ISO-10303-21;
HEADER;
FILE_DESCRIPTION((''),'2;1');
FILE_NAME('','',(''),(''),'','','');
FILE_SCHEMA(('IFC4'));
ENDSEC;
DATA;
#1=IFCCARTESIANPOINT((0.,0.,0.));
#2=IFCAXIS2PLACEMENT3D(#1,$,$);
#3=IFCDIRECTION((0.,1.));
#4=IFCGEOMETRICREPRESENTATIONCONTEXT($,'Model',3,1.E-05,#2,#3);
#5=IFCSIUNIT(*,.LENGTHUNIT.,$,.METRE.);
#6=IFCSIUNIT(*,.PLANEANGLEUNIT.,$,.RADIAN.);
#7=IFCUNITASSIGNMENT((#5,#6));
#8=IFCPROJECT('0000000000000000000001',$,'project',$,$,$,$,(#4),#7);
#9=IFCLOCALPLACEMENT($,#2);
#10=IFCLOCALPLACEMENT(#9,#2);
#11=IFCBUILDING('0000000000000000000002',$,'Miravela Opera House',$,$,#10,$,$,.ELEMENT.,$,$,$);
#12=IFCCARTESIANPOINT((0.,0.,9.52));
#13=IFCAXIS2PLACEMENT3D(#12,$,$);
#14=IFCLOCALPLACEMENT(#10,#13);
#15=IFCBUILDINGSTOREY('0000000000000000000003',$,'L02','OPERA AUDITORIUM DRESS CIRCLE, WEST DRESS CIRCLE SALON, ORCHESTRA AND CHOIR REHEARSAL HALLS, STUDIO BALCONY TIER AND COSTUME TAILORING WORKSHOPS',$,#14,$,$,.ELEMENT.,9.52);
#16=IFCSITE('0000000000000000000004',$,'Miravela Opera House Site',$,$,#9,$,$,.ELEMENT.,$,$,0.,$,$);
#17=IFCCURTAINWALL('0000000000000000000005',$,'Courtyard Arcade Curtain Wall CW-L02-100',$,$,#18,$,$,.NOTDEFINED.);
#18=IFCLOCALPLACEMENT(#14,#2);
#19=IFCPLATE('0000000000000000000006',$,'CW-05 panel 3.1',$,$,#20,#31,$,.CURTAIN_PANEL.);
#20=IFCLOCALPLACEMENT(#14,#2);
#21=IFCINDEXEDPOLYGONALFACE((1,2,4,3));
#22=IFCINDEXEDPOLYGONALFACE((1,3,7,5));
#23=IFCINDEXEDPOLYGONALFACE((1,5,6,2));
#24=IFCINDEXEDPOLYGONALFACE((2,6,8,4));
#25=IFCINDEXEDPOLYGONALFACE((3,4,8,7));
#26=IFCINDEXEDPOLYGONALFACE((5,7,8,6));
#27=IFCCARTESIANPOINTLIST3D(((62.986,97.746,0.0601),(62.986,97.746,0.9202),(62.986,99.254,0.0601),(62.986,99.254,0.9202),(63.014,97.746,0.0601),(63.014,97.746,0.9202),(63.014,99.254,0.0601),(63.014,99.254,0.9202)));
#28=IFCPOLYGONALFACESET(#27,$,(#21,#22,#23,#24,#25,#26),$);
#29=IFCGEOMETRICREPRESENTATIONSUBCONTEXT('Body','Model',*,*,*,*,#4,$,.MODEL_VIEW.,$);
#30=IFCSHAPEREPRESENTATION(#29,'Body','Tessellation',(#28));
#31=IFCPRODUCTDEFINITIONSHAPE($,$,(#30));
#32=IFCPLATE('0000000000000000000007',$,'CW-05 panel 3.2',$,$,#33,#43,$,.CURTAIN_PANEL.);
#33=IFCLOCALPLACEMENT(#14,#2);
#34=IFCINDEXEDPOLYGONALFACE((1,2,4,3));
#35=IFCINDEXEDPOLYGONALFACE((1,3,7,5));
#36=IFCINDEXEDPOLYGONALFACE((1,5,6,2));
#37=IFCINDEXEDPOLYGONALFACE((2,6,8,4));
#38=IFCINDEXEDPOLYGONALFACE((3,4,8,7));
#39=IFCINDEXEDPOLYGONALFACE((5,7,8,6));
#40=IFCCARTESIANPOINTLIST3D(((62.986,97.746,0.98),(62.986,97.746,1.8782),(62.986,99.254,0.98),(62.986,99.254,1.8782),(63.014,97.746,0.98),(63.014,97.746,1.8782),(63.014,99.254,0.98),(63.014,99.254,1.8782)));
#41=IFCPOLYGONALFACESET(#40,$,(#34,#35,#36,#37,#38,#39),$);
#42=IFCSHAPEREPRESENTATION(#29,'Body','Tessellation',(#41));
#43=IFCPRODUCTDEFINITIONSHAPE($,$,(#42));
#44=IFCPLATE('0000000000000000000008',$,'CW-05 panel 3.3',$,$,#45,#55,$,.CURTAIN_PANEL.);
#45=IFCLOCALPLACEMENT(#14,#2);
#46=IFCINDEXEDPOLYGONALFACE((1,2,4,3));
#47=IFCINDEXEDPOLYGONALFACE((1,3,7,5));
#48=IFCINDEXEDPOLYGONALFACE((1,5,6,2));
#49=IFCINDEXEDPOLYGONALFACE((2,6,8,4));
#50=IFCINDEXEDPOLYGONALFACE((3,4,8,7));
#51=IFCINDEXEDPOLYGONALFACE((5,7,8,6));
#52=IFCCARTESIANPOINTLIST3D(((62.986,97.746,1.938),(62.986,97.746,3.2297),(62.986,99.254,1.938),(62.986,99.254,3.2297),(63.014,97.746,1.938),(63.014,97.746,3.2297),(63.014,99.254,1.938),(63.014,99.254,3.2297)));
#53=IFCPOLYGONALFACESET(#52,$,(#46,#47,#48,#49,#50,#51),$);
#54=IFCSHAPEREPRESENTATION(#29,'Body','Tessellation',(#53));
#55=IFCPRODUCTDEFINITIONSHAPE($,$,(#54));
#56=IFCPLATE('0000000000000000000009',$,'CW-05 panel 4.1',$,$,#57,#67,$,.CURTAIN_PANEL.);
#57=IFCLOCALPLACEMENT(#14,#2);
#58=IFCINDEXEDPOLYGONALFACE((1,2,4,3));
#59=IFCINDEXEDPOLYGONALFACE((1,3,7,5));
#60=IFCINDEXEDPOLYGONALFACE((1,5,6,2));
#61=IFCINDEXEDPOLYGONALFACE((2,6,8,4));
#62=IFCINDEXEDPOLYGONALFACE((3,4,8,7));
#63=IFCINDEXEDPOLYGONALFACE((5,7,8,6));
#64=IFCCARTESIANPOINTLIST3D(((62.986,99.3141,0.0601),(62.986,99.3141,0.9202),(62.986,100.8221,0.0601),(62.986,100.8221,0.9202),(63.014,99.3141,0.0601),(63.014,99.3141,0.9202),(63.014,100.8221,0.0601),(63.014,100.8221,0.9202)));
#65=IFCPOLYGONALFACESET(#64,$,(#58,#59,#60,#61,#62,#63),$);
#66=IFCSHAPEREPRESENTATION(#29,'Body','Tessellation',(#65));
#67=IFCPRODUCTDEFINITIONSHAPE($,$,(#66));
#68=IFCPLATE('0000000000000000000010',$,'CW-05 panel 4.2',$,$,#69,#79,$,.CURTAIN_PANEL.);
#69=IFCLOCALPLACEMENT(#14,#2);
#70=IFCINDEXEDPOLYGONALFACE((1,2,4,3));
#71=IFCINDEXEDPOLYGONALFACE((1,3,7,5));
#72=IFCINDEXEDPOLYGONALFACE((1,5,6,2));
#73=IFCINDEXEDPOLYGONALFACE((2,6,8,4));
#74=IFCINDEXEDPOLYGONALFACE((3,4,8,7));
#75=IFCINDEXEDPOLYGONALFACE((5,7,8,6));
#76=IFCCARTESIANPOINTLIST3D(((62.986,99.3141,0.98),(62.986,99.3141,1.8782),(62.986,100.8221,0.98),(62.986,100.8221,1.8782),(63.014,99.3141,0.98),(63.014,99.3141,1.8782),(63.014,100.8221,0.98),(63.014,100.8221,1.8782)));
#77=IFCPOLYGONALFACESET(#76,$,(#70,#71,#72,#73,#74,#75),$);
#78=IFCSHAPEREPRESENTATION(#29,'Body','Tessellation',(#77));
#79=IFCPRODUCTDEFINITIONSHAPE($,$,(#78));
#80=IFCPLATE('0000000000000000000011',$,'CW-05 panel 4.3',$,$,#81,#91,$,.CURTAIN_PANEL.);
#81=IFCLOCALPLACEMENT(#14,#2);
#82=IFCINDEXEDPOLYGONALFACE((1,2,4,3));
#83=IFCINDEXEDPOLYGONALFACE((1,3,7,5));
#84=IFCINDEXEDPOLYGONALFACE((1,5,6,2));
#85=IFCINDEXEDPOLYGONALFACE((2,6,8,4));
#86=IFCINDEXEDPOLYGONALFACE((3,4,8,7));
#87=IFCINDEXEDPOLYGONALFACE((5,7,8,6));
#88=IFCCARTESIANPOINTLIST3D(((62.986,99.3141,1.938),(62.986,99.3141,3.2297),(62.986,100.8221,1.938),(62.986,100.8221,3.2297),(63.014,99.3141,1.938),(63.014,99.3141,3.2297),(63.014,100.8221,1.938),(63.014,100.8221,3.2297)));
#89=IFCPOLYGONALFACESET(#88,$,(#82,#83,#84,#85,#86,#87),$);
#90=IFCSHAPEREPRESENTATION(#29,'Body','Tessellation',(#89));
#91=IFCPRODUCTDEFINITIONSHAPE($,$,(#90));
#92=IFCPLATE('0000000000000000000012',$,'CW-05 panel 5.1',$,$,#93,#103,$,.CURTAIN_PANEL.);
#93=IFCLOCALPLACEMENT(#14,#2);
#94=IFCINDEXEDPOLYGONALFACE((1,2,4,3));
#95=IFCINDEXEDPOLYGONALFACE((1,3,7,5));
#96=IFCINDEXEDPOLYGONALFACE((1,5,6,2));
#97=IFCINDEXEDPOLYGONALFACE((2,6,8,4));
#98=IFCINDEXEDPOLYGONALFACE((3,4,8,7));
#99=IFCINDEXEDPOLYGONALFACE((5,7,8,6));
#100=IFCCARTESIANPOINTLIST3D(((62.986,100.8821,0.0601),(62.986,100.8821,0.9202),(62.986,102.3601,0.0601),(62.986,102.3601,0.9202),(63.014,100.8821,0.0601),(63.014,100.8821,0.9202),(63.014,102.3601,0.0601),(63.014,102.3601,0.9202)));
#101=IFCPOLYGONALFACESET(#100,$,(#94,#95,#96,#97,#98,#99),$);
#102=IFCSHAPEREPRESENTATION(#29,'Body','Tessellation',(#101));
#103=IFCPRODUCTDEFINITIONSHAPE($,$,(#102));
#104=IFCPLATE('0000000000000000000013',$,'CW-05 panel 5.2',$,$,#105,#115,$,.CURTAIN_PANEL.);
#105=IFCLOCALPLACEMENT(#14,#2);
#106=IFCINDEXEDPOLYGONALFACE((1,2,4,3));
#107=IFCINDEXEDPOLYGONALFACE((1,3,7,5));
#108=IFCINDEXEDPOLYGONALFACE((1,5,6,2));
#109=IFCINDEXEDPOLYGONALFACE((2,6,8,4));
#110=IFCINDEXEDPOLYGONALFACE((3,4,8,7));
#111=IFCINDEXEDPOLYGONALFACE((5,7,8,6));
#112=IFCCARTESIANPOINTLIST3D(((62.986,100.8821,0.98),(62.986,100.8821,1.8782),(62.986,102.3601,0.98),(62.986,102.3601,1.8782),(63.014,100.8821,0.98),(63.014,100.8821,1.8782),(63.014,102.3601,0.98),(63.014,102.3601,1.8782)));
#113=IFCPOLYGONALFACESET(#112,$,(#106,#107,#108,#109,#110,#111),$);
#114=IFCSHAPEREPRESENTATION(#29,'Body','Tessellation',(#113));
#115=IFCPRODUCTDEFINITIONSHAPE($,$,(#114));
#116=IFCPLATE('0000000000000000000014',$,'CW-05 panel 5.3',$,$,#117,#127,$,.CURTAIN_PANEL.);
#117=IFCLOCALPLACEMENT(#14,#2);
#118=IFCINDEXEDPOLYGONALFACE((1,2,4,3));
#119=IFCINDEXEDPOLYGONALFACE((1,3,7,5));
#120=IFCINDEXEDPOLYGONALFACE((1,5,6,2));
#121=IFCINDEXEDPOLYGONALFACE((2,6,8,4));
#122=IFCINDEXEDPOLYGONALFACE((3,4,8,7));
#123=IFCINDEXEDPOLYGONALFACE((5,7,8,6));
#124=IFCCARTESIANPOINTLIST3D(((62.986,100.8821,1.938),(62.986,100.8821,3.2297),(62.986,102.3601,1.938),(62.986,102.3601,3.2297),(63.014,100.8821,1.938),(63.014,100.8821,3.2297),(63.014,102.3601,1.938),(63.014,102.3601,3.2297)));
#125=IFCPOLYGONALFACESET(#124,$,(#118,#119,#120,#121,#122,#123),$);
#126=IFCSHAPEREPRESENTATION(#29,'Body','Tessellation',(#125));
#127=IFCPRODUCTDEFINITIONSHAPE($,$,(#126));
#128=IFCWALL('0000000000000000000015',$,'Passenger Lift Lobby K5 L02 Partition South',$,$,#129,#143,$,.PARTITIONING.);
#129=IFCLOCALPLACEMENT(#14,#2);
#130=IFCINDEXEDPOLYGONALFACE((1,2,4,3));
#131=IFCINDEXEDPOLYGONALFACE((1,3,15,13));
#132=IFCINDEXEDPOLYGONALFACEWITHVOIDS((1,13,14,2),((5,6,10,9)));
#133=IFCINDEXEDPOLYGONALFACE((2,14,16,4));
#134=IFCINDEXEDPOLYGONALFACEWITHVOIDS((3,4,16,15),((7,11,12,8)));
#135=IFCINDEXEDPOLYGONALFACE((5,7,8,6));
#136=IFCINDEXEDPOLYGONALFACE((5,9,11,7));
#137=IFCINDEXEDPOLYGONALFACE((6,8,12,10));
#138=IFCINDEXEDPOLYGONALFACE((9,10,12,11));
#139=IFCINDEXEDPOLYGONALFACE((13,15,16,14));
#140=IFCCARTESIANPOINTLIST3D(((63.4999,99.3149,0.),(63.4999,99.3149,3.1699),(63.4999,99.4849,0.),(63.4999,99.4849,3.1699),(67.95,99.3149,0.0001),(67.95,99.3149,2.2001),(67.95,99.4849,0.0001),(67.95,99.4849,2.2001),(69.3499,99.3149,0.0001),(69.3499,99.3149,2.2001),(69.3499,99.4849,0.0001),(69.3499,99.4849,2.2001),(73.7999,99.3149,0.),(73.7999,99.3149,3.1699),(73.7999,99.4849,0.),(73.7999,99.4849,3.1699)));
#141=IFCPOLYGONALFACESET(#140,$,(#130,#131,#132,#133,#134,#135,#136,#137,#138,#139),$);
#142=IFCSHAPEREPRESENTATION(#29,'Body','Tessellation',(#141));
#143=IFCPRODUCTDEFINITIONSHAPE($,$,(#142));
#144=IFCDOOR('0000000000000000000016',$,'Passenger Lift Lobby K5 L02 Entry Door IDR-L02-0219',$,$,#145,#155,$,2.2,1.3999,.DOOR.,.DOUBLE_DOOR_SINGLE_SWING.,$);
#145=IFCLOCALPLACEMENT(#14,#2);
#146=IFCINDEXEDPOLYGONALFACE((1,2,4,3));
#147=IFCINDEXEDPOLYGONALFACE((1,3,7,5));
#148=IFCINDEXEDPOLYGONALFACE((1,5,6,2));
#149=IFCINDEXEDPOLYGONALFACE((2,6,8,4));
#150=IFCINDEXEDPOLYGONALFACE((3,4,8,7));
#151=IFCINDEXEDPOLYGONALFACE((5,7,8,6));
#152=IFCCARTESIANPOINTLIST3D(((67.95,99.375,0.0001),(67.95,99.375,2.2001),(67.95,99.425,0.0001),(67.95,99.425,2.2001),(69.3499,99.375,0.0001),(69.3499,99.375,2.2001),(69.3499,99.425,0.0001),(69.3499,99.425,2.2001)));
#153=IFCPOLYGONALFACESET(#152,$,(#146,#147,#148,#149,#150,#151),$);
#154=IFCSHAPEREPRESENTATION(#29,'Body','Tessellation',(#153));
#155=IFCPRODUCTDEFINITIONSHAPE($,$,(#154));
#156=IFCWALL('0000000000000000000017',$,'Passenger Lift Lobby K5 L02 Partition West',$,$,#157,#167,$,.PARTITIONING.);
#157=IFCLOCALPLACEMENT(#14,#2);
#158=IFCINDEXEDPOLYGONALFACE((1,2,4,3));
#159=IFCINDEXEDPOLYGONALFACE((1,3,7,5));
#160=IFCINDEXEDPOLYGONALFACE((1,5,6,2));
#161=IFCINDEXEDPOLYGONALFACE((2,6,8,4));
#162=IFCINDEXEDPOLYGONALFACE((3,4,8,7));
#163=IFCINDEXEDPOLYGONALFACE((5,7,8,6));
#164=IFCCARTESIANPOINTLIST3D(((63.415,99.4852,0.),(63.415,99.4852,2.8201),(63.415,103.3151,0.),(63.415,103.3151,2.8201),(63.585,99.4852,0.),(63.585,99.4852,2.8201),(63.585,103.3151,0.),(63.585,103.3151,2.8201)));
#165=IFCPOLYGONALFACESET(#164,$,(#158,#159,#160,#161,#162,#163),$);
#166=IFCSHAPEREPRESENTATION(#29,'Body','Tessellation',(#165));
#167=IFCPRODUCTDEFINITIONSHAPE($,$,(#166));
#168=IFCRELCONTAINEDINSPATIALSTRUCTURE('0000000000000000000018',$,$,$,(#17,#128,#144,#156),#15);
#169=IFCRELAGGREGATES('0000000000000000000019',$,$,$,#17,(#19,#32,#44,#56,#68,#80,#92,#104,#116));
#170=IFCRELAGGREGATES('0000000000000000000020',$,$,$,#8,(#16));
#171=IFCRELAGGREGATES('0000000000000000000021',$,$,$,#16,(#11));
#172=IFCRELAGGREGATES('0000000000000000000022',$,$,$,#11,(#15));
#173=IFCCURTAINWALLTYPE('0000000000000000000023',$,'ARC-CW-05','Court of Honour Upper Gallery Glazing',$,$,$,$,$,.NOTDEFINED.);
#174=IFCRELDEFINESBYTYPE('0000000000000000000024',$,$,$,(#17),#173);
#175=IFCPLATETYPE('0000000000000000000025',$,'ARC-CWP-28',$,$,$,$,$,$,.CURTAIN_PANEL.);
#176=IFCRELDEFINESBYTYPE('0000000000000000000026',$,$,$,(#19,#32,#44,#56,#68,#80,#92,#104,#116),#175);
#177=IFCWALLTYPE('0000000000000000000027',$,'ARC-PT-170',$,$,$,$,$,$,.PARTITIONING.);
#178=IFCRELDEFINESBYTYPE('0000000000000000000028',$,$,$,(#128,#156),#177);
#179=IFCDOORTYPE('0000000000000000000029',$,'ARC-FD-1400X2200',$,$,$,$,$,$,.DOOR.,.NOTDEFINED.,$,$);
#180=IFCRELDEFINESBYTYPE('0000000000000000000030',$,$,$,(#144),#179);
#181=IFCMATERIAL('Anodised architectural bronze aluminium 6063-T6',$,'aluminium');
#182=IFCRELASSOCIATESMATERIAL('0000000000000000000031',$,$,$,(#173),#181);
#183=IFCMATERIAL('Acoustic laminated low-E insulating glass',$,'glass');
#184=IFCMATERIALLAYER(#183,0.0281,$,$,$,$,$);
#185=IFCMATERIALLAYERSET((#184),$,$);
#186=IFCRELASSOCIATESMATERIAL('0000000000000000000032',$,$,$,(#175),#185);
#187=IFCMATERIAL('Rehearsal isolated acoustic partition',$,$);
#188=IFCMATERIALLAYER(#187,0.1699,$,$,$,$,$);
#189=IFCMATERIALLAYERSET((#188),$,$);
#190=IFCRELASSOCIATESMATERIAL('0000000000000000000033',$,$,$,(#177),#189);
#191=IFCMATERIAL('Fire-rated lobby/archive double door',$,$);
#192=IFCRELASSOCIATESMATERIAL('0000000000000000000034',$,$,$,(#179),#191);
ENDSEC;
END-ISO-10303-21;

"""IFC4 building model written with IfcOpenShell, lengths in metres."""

from ifc_helpers import new_model, si_unit, direction, frame, frame_2d, origin, origin_2d, place, context, subcontext, project, spatial, rectangle, extrude, material, layer, layer_set, type_object, element, fill, aggregate, save


model = new_model("IFC4")

# Units and contexts
model_context = context("Model", 3, precision=1e-05, world=origin(), true_north=direction((0.0, 1.0)))
body_context = subcontext(model_context, "Body", "Model", "MODEL_VIEW")
ifc_project = project(units=[si_unit("LENGTHUNIT", "METRE"), si_unit("PLANEANGLEUNIT", "RADIAN")], contexts=[model_context])

# Site, building, storey
site_placement = place(None, origin())
site = spatial("IfcSite", under=ifc_project, at=site_placement, Name="Miravela Opera House Site", CompositionType="ELEMENT", RefElevation=0.0)
building_placement = place(site_placement, origin())
building = spatial("IfcBuilding", under=site, at=building_placement, Name="Miravela Opera House", CompositionType="ELEMENT")
storey_placement = place(building_placement, frame((0.0, 0.0, 9.52)))
storey = spatial("IfcBuildingStorey", under=building, at=storey_placement, Name="L02", Description="OPERA AUDITORIUM DRESS CIRCLE, WEST DRESS CIRCLE SALON, ORCHESTRA AND CHOIR REHEARSAL HALLS, STUDIO BALCONY TIER AND COSTUME TAILORING WORKSHOPS", CompositionType="ELEMENT", Elevation=9.52)

# Curtain wall
ifc_material_1 = material(Name="Anodised architectural bronze aluminium 6063-T6", Category="aluminium")
curtain_wall_type = type_object("IfcCurtainWallType", Name="ARC-CW-05", Description="Court of Honour Upper Gallery Glazing", PredefinedType="NOTDEFINED", material=ifc_material_1)
curtain_wall_placement = place(storey_placement, origin())
curtain_wall = element("IfcCurtainWall", 1, at=curtain_wall_placement, inside=storey, type_object=curtain_wall_type, Name="Courtyard Arcade Curtain Wall CW-L02-100", PredefinedType="NOTDEFINED")

# Plates
ifc_material_2 = material(Name="Acoustic laminated low-E insulating glass", Category="glass")
ifc_layer_1 = layer(ifc_material_2, 0.0281)
ifc_layer_set_1 = layer_set([ifc_layer_1])
plate_type = type_object("IfcPlateType", Name="ARC-CWP-28", PredefinedType="CURTAIN_PANEL", material=ifc_layer_set_1)
plate_1_placement = place(storey_placement, frame((63.0, 98.5, 0.0601), z_axis=(0.0, 0.0, 1.0), x_axis=(0.0, 1.0, 0.0)))
plate_1 = element("IfcPlate", 2, at=plate_1_placement, type_object=plate_type, Name="CW-05 panel 3.1", PredefinedType="CURTAIN_PANEL", context=body_context, shape_type="SweptSolid", body=[
    extrude(rectangle(XDim=1.5081, YDim=0.0281, at=origin_2d()), origin(), (0.0, 0.0, 1.0), 0.8601),
])
plate_2_placement = place(storey_placement, frame((63.0, 98.5, 0.98), z_axis=(0.0, 0.0, 1.0), x_axis=(0.0, 1.0, 0.0)))
plate_2 = element("IfcPlate", 3, at=plate_2_placement, type_object=plate_type, Name="CW-05 panel 3.2", PredefinedType="CURTAIN_PANEL", context=body_context, shape_type="SweptSolid", body=[
    extrude(rectangle(XDim=1.5081, YDim=0.0281, at=origin_2d()), origin(), (0.0, 0.0, 1.0), 0.8982),
])
plate_3_placement = place(storey_placement, frame((63.0, 98.5, 1.938), z_axis=(0.0, 0.0, 1.0), x_axis=(0.0, 1.0, 0.0)))
plate_3 = element("IfcPlate", 4, at=plate_3_placement, type_object=plate_type, Name="CW-05 panel 3.3", PredefinedType="CURTAIN_PANEL", context=body_context, shape_type="SweptSolid", body=[
    extrude(rectangle(XDim=1.5081, YDim=0.0281, at=origin_2d()), origin(), (0.0, 0.0, 1.0), 1.2917),
])
plate_4_placement = place(storey_placement, frame((63.0, 100.0681, 0.0601), z_axis=(0.0, 0.0, 1.0), x_axis=(0.0, 1.0, 0.0)))
plate_4 = element("IfcPlate", 5, at=plate_4_placement, type_object=plate_type, Name="CW-05 panel 4.1", PredefinedType="CURTAIN_PANEL", context=body_context, shape_type="SweptSolid", body=[
    extrude(rectangle(XDim=1.5081, YDim=0.0281, at=origin_2d()), origin(), (0.0, 0.0, 1.0), 0.8601),
])
plate_5_placement = place(storey_placement, frame((63.0, 100.0681, 0.98), z_axis=(0.0, 0.0, 1.0), x_axis=(0.0, 1.0, 0.0)))
plate_5 = element("IfcPlate", 6, at=plate_5_placement, type_object=plate_type, Name="CW-05 panel 4.2", PredefinedType="CURTAIN_PANEL", context=body_context, shape_type="SweptSolid", body=[
    extrude(rectangle(XDim=1.5081, YDim=0.0281, at=origin_2d()), origin(), (0.0, 0.0, 1.0), 0.8982),
])
plate_6_placement = place(storey_placement, frame((63.0, 100.0681, 1.938), z_axis=(0.0, 0.0, 1.0), x_axis=(0.0, 1.0, 0.0)))
plate_6 = element("IfcPlate", 7, at=plate_6_placement, type_object=plate_type, Name="CW-05 panel 4.3", PredefinedType="CURTAIN_PANEL", context=body_context, shape_type="SweptSolid", body=[
    extrude(rectangle(XDim=1.5081, YDim=0.0281, at=origin_2d()), origin(), (0.0, 0.0, 1.0), 1.2917),
])
plate_7_placement = place(storey_placement, frame((63.0, 101.6211, 0.0601), z_axis=(0.0, 0.0, 1.0), x_axis=(0.0, 1.0, 0.0)))
plate_7 = element("IfcPlate", 8, at=plate_7_placement, type_object=plate_type, Name="CW-05 panel 5.1", PredefinedType="CURTAIN_PANEL", context=body_context, shape_type="SweptSolid", body=[
    extrude(rectangle(XDim=1.478, YDim=0.0281, at=origin_2d()), origin(), (0.0, 0.0, 1.0), 0.8601),
])
plate_8_placement = place(storey_placement, frame((63.0, 101.6211, 0.98), z_axis=(0.0, 0.0, 1.0), x_axis=(0.0, 1.0, 0.0)))
plate_8 = element("IfcPlate", 9, at=plate_8_placement, type_object=plate_type, Name="CW-05 panel 5.2", PredefinedType="CURTAIN_PANEL", context=body_context, shape_type="SweptSolid", body=[
    extrude(rectangle(XDim=1.478, YDim=0.0281, at=origin_2d()), origin(), (0.0, 0.0, 1.0), 0.8982),
])
plate_9_placement = place(storey_placement, frame((63.0, 101.6211, 1.938), z_axis=(0.0, 0.0, 1.0), x_axis=(0.0, 1.0, 0.0)))
plate_9 = element("IfcPlate", 10, at=plate_9_placement, type_object=plate_type, Name="CW-05 panel 5.3", PredefinedType="CURTAIN_PANEL", context=body_context, shape_type="SweptSolid", body=[
    extrude(rectangle(XDim=1.478, YDim=0.0281, at=origin_2d()), origin(), (0.0, 0.0, 1.0), 1.2917),
])
aggregate(curtain_wall, [plate_1, plate_2, plate_3, plate_4, plate_5, plate_6, plate_7, plate_8, plate_9])

# Wall, opening, door
ifc_material_3 = material(Name="Rehearsal isolated acoustic partition")
ifc_layer_2 = layer(ifc_material_3, 0.1699)
ifc_layer_set_2 = layer_set([ifc_layer_2])
wall_type = type_object("IfcWallType", Name="ARC-PT-170", PredefinedType="PARTITIONING", material=ifc_layer_set_2)
wall_1_placement = place(storey_placement, frame((63.5, 99.3999, 0.0), z_axis=(0.0, 0.0, 1.0), x_axis=(1.0, 0.0, 0.0)))
wall_1 = element("IfcWall", 11, at=wall_1_placement, inside=storey, type_object=wall_type, Name="Passenger Lift Lobby K5 L02 Partition South", PredefinedType="PARTITIONING", context=body_context, shape_type="SweptSolid", body=[
    extrude(rectangle(XDim=10.3, YDim=0.1699, at=frame_2d((5.1499, 0.0))), origin(), (0.0, 0.0, 1.0), 3.1699),
])
opening_placement = place(wall_1_placement, frame((4.45, 0.0, 0.0)))
opening = element("IfcOpeningElement", 12, at=opening_placement, cuts=wall_1, PredefinedType="OPENING", context=body_context, shape_type="SweptSolid", body=[
    extrude(rectangle(XDim=1.3999, YDim=2.2, at=frame_2d((0.7, 1.1001))), frame((0.0, 0.095, 0.0), z_axis=(0.0, -1.0, 0.0), x_axis=(1.0, 0.0, 0.0)), (0.0, 0.0, 1.0), 0.1899),
])
ifc_material_4 = material(Name="Fire-rated lobby/archive double door")
door_type = type_object("IfcDoorType", Name="ARC-FD-1400X2200", OperationType="NOTDEFINED", PredefinedType="DOOR", material=ifc_material_4)
door_placement = place(opening_placement, frame((1.3999, 0.0, 0.0), z_axis=(0.0, 0.0, 1.0), x_axis=(-1.0, 0.0, 0.0)))
door = element("IfcDoor", 13, at=door_placement, inside=storey, type_object=door_type, Name="Passenger Lift Lobby K5 L02 Entry Door IDR-L02-0219", OperationType="DOUBLE_DOOR_SINGLE_SWING", OverallHeight=2.2, OverallWidth=1.3999, PredefinedType="DOOR", context=body_context, shape_type="SweptSolid", body=[
    extrude(rectangle(XDim=1.3999, YDim=2.2, at=frame_2d((0.7, 1.1001))), frame((0.0, 0.0249, 0.0), z_axis=(0.0, -1.0, 0.0), x_axis=(1.0, 0.0, 0.0)), (0.0, 0.0, 1.0), 0.05),
])
fill(opening, door)

# Wall
wall_2_placement = place(storey_placement, frame((63.5, 99.4851, 0.0), z_axis=(0.0, 0.0, 1.0), x_axis=(0.0, 1.0, 0.0)))
element("IfcWall", 14, at=wall_2_placement, inside=storey, type_object=wall_type, Name="Passenger Lift Lobby K5 L02 Partition West", PredefinedType="PARTITIONING", context=body_context, shape_type="SweptSolid", body=[
    extrude(rectangle(XDim=3.8298, YDim=0.1699, at=frame_2d((1.915, 0.0))), origin(), (0.0, 0.0, 1.0), 2.8201),
])

save(model, "model.ifc")
